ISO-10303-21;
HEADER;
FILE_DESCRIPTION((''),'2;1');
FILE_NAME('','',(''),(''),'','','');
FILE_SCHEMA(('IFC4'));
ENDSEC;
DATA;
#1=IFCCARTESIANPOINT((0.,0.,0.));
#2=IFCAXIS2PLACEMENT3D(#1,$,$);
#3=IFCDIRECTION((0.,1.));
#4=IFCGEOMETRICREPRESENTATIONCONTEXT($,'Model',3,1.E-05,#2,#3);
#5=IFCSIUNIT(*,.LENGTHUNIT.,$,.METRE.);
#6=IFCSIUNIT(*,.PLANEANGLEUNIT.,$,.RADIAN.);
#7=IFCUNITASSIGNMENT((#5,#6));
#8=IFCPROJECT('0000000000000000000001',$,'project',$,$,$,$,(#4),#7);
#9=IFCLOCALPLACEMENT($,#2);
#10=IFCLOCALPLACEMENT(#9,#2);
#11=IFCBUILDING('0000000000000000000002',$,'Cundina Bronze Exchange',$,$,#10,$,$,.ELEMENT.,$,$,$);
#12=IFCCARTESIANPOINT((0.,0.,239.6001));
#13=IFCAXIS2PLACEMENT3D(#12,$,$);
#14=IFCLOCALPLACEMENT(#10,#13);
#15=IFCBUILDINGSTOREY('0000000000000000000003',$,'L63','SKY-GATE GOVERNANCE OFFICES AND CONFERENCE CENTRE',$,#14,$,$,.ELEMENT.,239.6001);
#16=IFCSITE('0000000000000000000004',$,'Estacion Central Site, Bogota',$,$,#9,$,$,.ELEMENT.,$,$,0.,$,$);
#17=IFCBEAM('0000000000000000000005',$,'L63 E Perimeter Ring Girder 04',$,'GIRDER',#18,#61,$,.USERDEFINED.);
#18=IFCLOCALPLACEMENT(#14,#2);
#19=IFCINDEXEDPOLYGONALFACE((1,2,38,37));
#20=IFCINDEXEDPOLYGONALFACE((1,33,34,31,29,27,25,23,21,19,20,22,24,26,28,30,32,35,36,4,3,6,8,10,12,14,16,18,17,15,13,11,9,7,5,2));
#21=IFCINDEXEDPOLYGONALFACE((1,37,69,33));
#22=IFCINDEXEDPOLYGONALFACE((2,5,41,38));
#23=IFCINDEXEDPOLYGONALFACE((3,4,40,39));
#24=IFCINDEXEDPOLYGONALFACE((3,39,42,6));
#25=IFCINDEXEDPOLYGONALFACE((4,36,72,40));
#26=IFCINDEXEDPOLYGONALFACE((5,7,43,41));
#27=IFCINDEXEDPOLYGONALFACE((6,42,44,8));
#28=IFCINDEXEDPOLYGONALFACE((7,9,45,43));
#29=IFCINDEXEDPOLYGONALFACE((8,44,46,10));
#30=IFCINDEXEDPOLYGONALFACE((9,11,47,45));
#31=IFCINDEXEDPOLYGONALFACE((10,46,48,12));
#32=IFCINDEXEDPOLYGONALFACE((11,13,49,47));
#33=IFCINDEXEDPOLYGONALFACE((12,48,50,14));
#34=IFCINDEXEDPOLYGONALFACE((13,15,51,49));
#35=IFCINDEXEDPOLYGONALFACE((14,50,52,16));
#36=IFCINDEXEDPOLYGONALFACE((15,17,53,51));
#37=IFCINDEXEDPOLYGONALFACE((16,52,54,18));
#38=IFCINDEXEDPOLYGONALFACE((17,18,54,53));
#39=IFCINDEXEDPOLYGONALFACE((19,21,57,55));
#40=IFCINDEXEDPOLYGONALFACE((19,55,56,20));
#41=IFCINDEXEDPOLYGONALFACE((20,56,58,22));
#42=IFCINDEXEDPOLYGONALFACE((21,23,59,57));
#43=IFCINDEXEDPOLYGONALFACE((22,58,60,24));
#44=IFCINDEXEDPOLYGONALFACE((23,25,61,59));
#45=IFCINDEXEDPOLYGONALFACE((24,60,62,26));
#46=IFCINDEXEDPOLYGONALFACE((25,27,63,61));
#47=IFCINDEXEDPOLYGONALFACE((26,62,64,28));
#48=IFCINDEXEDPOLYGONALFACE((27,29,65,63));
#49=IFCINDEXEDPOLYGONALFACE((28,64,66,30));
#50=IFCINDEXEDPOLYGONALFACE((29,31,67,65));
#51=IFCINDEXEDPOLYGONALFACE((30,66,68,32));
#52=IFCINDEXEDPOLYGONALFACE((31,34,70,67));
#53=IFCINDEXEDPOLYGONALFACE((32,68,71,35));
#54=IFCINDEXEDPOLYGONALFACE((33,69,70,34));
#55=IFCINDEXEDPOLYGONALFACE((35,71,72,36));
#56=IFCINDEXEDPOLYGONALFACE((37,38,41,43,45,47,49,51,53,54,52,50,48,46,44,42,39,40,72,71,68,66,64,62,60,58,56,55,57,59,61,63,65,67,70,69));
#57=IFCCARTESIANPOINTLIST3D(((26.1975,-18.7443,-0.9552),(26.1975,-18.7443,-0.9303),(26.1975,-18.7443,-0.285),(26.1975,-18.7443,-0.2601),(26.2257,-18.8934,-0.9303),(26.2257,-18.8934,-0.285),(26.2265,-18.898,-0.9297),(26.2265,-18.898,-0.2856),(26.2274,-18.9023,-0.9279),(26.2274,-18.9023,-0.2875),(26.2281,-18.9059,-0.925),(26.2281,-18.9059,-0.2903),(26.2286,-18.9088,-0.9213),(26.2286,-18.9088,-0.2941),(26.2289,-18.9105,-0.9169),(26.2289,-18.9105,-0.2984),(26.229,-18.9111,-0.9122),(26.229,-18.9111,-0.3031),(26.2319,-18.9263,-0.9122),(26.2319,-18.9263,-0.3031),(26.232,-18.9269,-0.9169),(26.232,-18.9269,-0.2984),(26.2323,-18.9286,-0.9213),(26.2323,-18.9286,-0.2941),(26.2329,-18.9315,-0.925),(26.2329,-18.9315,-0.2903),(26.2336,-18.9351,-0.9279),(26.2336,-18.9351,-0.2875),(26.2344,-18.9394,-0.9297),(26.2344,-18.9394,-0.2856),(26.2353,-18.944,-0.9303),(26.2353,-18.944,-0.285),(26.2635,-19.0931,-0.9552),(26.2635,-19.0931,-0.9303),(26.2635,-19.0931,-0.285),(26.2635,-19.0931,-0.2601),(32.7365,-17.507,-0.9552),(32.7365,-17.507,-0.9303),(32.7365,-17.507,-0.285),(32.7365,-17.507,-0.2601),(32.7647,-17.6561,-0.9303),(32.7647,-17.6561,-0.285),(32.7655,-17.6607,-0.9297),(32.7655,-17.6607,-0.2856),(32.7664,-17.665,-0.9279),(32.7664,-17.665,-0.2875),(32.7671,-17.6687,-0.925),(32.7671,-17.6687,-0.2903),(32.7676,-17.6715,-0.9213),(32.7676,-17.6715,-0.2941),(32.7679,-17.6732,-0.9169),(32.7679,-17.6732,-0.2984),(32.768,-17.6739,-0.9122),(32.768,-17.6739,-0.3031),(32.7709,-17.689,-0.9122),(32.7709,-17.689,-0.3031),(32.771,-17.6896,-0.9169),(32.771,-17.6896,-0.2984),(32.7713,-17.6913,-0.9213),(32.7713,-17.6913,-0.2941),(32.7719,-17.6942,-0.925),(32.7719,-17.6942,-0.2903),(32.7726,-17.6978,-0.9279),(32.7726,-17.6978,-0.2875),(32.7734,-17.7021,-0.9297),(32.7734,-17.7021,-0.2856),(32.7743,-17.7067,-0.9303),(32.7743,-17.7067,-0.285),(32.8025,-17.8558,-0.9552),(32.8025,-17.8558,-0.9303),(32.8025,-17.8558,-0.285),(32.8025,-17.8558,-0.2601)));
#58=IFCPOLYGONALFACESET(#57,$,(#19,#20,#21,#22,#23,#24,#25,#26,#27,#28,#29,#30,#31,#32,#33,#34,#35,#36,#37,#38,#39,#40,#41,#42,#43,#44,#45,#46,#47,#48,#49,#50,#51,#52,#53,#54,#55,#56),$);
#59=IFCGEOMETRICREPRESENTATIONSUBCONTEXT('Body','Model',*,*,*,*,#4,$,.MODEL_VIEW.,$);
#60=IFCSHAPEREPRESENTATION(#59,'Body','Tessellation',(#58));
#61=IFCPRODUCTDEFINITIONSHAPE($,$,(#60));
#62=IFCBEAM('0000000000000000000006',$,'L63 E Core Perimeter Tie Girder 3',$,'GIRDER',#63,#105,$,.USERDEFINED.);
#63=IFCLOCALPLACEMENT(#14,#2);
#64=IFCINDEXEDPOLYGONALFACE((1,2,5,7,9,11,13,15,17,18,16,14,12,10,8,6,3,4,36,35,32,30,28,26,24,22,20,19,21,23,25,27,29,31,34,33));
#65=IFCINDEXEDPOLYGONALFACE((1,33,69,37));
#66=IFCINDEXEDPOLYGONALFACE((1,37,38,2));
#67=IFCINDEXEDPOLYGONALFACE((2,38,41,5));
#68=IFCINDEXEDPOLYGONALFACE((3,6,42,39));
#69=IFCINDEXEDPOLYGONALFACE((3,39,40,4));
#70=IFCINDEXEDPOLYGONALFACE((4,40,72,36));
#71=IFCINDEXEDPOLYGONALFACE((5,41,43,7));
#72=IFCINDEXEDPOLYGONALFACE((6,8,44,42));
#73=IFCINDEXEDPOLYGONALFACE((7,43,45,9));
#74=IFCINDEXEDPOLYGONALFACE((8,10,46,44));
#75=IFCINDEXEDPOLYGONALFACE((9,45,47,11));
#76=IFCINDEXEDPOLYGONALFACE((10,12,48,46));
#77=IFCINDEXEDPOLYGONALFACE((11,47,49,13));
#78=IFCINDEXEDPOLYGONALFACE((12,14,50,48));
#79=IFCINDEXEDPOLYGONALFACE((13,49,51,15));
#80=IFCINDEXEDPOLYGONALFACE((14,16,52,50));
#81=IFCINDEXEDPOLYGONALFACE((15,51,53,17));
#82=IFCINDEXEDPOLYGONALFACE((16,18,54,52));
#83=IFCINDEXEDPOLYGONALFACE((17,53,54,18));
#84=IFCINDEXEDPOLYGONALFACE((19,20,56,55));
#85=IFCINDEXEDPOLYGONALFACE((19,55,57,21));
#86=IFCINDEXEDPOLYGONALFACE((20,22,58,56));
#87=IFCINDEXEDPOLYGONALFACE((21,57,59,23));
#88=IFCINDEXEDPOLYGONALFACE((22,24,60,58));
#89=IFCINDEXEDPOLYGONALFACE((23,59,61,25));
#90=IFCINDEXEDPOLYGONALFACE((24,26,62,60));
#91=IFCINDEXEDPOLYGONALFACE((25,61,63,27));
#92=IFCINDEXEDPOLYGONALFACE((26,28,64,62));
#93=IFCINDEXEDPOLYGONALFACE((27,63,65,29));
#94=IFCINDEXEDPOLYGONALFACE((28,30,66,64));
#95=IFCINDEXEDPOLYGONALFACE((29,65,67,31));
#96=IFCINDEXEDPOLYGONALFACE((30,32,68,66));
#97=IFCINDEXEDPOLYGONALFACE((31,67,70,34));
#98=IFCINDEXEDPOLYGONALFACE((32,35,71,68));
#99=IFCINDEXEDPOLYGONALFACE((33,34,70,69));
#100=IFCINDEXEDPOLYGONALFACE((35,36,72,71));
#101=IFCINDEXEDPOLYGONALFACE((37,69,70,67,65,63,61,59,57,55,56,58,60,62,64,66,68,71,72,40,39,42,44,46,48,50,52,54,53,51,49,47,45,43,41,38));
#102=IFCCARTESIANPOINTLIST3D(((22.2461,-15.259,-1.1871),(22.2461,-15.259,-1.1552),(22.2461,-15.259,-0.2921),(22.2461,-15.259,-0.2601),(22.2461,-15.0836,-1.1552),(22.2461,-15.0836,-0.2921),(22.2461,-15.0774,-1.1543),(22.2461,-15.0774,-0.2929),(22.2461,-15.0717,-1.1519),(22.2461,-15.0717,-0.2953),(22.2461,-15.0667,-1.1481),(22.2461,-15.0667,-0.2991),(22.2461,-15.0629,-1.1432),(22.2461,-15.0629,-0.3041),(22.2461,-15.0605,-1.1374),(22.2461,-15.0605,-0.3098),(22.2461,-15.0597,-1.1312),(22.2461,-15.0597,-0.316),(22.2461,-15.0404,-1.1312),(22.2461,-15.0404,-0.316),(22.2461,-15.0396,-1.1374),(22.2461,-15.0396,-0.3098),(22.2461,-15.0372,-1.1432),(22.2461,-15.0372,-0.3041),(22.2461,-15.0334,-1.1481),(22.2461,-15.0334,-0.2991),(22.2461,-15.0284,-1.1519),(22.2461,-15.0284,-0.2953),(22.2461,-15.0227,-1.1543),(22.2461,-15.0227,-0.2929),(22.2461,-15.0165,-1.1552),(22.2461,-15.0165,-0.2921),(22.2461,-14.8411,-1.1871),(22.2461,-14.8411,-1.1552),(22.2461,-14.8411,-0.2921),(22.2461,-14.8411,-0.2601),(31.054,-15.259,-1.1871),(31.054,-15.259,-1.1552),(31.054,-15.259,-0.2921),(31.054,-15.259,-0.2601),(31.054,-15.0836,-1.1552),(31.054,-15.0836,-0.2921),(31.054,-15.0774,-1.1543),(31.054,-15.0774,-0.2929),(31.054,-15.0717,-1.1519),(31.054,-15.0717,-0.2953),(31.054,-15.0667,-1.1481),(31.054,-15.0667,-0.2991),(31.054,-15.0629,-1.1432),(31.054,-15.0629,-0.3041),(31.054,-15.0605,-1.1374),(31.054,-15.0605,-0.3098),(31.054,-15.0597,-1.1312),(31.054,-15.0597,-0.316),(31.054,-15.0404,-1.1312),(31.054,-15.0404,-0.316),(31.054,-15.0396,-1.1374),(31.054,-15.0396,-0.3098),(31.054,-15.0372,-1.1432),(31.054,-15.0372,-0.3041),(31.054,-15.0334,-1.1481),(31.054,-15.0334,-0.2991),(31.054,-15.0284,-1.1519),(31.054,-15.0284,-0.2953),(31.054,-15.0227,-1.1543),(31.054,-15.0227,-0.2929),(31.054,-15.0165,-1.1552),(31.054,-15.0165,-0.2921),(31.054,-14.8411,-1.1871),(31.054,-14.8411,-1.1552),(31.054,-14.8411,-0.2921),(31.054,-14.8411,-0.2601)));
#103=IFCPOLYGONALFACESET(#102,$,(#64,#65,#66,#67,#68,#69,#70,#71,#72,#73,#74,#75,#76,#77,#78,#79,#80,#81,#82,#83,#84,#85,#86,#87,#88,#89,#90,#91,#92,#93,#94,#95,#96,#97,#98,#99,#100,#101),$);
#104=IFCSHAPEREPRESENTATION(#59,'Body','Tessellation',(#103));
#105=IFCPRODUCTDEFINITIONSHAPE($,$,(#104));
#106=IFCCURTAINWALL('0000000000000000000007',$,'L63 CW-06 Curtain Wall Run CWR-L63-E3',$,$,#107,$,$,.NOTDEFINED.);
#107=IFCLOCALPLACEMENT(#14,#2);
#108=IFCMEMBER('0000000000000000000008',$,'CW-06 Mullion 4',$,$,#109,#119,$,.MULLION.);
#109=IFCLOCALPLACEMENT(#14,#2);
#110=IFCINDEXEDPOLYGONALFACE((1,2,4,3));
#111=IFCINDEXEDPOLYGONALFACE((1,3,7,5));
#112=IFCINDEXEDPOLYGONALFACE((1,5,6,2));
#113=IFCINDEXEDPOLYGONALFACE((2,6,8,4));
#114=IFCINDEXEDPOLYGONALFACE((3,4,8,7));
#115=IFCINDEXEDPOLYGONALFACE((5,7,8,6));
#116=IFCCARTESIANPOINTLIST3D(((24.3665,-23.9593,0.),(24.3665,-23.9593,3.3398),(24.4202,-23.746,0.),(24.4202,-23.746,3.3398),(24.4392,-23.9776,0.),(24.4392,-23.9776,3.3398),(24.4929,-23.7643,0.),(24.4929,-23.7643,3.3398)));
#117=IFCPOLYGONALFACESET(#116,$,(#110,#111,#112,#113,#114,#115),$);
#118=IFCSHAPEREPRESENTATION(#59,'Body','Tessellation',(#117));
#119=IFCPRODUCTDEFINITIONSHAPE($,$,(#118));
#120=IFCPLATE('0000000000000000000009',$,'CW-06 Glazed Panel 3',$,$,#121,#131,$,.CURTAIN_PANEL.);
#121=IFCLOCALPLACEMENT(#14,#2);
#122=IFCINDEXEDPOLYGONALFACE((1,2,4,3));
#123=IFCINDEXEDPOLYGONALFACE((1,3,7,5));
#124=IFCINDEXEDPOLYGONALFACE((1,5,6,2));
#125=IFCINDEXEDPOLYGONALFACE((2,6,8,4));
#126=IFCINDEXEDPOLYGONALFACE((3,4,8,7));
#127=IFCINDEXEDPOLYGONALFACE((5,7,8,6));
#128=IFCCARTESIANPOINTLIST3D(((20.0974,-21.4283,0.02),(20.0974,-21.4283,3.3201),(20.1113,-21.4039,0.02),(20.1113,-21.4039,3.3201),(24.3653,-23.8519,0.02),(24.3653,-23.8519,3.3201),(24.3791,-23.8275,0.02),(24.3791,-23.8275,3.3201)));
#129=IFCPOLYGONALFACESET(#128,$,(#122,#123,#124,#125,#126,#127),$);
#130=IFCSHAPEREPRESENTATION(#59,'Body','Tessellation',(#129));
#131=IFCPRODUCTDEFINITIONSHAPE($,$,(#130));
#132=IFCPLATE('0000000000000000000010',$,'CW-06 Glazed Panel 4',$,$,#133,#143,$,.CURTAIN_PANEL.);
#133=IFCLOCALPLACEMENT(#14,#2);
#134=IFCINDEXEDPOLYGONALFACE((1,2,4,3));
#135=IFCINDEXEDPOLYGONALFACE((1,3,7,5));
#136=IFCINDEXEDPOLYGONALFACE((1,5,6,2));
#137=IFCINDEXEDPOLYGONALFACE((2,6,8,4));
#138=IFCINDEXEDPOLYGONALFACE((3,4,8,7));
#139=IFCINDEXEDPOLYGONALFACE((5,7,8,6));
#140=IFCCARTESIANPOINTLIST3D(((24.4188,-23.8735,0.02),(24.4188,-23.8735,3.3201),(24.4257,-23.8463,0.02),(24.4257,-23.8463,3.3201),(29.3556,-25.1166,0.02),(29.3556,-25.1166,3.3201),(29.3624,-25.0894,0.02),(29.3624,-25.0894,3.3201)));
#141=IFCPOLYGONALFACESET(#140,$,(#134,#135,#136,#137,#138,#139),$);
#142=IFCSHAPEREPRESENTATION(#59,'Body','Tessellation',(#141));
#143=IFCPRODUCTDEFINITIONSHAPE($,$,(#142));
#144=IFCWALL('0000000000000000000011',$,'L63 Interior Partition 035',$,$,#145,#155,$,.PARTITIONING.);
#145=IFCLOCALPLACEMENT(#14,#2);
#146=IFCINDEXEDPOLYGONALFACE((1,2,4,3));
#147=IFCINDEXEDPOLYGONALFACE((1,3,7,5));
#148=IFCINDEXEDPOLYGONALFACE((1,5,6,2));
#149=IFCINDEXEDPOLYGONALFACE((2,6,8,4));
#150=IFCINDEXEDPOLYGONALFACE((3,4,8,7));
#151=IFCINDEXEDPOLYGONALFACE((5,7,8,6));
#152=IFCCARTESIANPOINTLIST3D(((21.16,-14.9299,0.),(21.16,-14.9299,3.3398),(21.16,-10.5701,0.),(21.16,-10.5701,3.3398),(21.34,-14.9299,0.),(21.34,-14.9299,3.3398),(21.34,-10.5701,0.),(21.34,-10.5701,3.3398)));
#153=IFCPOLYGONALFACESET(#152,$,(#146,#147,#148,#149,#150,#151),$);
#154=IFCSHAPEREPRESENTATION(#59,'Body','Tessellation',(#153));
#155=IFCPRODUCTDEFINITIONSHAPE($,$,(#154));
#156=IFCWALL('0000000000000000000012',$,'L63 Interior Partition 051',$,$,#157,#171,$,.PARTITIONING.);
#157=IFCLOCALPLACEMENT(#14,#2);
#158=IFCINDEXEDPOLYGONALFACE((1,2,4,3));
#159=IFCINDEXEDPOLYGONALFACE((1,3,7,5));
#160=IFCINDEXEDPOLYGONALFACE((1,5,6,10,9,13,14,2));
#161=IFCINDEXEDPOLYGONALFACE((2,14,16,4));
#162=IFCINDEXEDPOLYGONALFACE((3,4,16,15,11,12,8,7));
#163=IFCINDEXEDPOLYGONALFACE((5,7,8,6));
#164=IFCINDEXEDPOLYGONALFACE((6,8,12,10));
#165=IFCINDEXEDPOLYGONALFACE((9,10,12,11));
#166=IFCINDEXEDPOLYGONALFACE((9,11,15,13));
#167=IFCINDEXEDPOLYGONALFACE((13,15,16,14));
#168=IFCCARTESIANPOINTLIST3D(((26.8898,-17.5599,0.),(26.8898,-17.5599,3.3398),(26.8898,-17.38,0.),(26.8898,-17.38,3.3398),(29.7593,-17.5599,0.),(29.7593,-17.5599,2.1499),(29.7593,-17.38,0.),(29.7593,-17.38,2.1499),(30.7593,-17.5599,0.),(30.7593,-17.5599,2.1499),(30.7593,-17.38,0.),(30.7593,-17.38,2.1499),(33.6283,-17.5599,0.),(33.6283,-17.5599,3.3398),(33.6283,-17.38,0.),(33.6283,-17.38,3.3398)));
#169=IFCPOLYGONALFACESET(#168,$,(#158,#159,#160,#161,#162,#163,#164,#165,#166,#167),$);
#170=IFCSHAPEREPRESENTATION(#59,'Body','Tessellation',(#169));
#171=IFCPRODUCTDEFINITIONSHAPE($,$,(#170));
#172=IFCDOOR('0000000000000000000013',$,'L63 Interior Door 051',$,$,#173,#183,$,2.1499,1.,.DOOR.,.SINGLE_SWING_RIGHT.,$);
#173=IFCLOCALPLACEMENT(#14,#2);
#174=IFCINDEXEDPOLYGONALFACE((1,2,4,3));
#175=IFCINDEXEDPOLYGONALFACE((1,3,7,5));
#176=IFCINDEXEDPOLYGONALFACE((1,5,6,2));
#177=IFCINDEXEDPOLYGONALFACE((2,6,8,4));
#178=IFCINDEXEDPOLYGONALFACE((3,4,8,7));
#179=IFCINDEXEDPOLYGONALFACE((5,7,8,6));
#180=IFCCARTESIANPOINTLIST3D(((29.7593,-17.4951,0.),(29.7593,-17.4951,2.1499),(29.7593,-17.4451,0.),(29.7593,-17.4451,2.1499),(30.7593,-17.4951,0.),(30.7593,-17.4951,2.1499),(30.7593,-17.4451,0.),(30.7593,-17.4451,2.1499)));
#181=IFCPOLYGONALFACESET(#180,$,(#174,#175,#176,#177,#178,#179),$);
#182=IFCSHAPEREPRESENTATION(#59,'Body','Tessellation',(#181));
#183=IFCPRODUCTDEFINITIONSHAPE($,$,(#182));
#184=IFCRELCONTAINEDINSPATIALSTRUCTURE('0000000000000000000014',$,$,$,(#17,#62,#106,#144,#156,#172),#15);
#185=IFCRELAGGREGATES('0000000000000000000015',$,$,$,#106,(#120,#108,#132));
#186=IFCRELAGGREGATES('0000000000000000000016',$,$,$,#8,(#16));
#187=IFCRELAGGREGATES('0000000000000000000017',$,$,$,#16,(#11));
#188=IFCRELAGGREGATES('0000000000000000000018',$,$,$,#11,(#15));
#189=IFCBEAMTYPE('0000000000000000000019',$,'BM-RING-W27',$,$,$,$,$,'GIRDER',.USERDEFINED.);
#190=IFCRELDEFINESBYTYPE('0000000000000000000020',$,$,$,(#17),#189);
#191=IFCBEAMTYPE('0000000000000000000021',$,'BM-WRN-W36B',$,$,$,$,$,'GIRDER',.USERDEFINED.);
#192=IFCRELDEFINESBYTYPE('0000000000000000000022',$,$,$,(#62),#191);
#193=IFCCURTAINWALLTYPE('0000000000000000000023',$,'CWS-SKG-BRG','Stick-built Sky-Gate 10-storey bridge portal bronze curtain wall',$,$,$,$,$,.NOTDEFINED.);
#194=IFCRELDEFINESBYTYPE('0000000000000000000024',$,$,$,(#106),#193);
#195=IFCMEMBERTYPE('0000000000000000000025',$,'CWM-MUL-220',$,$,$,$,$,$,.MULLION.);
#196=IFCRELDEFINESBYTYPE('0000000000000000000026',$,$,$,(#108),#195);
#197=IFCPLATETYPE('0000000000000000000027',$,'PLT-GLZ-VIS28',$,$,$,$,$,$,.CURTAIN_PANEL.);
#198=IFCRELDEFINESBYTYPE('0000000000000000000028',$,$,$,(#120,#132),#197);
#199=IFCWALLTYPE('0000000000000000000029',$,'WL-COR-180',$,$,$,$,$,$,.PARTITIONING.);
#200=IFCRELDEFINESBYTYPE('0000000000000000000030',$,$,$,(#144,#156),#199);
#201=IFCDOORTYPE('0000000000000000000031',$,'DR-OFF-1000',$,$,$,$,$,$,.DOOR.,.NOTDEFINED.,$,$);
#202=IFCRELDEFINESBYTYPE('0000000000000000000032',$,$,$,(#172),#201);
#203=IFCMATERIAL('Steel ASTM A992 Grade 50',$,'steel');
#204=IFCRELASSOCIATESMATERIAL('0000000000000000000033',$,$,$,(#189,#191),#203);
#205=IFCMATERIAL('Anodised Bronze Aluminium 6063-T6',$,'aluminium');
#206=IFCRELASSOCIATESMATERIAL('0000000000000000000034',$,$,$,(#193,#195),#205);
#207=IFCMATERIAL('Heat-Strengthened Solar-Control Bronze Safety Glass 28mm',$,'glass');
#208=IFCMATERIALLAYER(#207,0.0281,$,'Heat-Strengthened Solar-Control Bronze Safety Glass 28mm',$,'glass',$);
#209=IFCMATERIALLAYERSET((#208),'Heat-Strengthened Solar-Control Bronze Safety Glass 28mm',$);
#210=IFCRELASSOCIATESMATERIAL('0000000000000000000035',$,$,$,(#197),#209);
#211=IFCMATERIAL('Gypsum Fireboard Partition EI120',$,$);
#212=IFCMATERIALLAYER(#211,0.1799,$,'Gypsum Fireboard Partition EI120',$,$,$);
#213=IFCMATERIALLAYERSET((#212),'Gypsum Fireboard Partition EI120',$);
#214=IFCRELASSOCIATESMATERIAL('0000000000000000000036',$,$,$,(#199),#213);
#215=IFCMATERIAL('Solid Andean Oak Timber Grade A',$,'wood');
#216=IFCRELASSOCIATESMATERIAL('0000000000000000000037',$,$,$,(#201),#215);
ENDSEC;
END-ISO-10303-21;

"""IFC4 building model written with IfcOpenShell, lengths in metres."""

from ifc_helpers import new_model, si_unit, direction, frame, frame_2d, origin, origin_2d, place, context, subcontext, project, spatial, rectangle, i_section, extrude, material, layer, layer_set, material_profile, profile_set, type_object, element, fill, aggregate, save


model = new_model("IFC4")

# Units and contexts
model_context = context("Model", 3, precision=1e-05, world=origin(), true_north=direction((0.0, 1.0)))
body_context = subcontext(model_context, "Body", "Model", "MODEL_VIEW")
ifc_project = project(units=[si_unit("LENGTHUNIT", "METRE"), si_unit("PLANEANGLEUNIT", "RADIAN")], contexts=[model_context])

# Site, building, storey
site_placement = place(None, origin())
site = spatial("IfcSite", under=ifc_project, at=site_placement, Name="Estacion Central Site, Bogota", CompositionType="ELEMENT", RefElevation=0.0)
building_placement = place(site_placement, origin())
building = spatial("IfcBuilding", under=site, at=building_placement, Name="Cundina Bronze Exchange", CompositionType="ELEMENT")
storey_placement = place(building_placement, frame((0.0, 0.0, 239.6001)))
storey = spatial("IfcBuildingStorey", under=building, at=storey_placement, Name="L63", Description="SKY-GATE GOVERNANCE OFFICES AND CONFERENCE CENTRE", CompositionType="ELEMENT", Elevation=239.6001)

# Shared definitions
ifc_material_1 = material(Name="Steel ASTM A992 Grade 50", Category="steel")

# Beams
ifc_material_profile_1 = material_profile(ifc_material_1, i_section(OverallWidth=0.355, OverallDepth=0.6951, WebThickness=0.0154, FlangeThickness=0.0249, FilletRadius=0.0181, at=origin_2d()), Name="W27X146", Category="steel")
ifc_profile_set_1 = profile_set([ifc_material_profile_1], Name="Steel ASTM A992 Grade 50")
beam_type_1 = type_object("IfcBeamType", Name="BM-RING-W27", ElementType="GIRDER", PredefinedType="USERDEFINED", material=ifc_profile_set_1)
beam_1_placement = place(storey_placement, frame((26.2305, -18.9187, -0.6077), z_axis=(0.982565, 0.185918, 0.0), x_axis=(-0.185918, 0.982565, 0.0)))
element("IfcBeam", 1, at=beam_1_placement, inside=storey, type_object=beam_type_1, Name="L63 E Perimeter Ring Girder 04", ObjectType="GIRDER", PredefinedType="USERDEFINED", context=body_context, shape_type="SweptSolid", body=[
    extrude(i_section(OverallWidth=0.355, OverallDepth=0.6951, WebThickness=0.0154, FlangeThickness=0.0249, FilletRadius=0.0181, at=origin_2d()), origin(), (0.0, 0.0, 1.0), 6.655),
])
ifc_material_profile_2 = material_profile(ifc_material_1, i_section(OverallWidth=0.418, OverallDepth=0.927, WebThickness=0.0193, FlangeThickness=0.032, FilletRadius=0.0239, at=origin_2d()), Name="W36X231", Category="steel")
ifc_profile_set_2 = profile_set([ifc_material_profile_2], Name="Steel ASTM A992 Grade 50")
beam_type_2 = type_object("IfcBeamType", Name="BM-WRN-W36B", ElementType="GIRDER", PredefinedType="USERDEFINED", material=ifc_profile_set_2)
beam_2_placement = place(storey_placement, frame((22.2461, -15.05, -0.7236), z_axis=(1.0, 0.0, 0.0), x_axis=(0.0, 1.0, 0.0)))
element("IfcBeam", 2, at=beam_2_placement, inside=storey, type_object=beam_type_2, Name="L63 E Core Perimeter Tie Girder 3", ObjectType="GIRDER", PredefinedType="USERDEFINED", context=body_context, shape_type="SweptSolid", body=[
    extrude(i_section(OverallWidth=0.418, OverallDepth=0.927, WebThickness=0.0193, FlangeThickness=0.032, FilletRadius=0.0239, at=origin_2d()), origin(), (0.0, 0.0, 1.0), 8.8079),
])

# Curtain wall, member, plates
ifc_material_2 = material(Name="Anodised Bronze Aluminium 6063-T6", Category="aluminium")
curtain_wall_type = type_object("IfcCurtainWallType", Name="CWS-SKG-BRG", Description="Stick-built Sky-Gate 10-storey bridge portal bronze curtain wall", PredefinedType="NOTDEFINED", material=ifc_material_2)
curtain_wall_placement = place(storey_placement, origin())
curtain_wall = element("IfcCurtainWall", 3, at=curtain_wall_placement, inside=storey, type_object=curtain_wall_type, Name="L63 CW-06 Curtain Wall Run CWR-L63-E3", PredefinedType="NOTDEFINED")
ifc_material_profile_3 = material_profile(ifc_material_2, rectangle(XDim=0.075, YDim=0.22, at=origin_2d()), Name="AL75X220", Category="aluminium")
ifc_profile_set_3 = profile_set([ifc_material_profile_3], Name="Anodised Bronze Aluminium 6063-T6")
member_type = type_object("IfcMemberType", Name="CWM-MUL-220", PredefinedType="MULLION", material=ifc_profile_set_3)
member_placement = place(storey_placement, frame((24.4297, -23.8618, 0.0), z_axis=(0.0, 0.0, 1.0), x_axis=(0.969744, -0.244123, 0.0)))
member = element("IfcMember", 4, at=member_placement, type_object=member_type, Name="CW-06 Mullion 4", PredefinedType="MULLION", context=body_context, shape_type="SweptSolid", body=[
    extrude(rectangle(XDim=0.075, YDim=0.22, at=origin_2d()), origin(), (0.0, 0.0, 1.0), 3.3398),
])
ifc_material_3 = material(Name="Heat-Strengthened Solar-Control Bronze Safety Glass 28mm", Category="glass")
ifc_layer_1 = layer(ifc_material_3, 0.0281, Name="Heat-Strengthened Solar-Control Bronze Safety Glass 28mm", Category="glass")
ifc_layer_set_1 = layer_set([ifc_layer_1], Name="Heat-Strengthened Solar-Control Bronze Safety Glass 28mm")
plate_type = type_object("IfcPlateType", Name="PLT-GLZ-VIS28", PredefinedType="CURTAIN_PANEL", material=ifc_layer_set_1)
plate_1_placement = place(storey_placement, frame((22.2383, -22.6279, 0.02), z_axis=(0.0, 0.0, 1.0), x_axis=(0.869573, -0.493805, 0.0)))
plate_1 = element("IfcPlate", 5, at=plate_1_placement, type_object=plate_type, Name="CW-06 Glazed Panel 3", PredefinedType="CURTAIN_PANEL", context=body_context, shape_type="SweptSolid", body=[
    extrude(rectangle(XDim=4.908, YDim=0.0281, at=origin_2d()), origin(), (0.0, 0.0, 1.0), 3.3),
])
plate_2_placement = place(storey_placement, frame((26.8906, -24.4814, 0.02), z_axis=(0.0, 0.0, 1.0), x_axis=(0.969732, -0.244174, 0.0)))
plate_2 = element("IfcPlate", 6, at=plate_2_placement, type_object=plate_type, Name="CW-06 Glazed Panel 4", PredefinedType="CURTAIN_PANEL", context=body_context, shape_type="SweptSolid", body=[
    extrude(rectangle(XDim=5.0908, YDim=0.0281, at=origin_2d()), origin(), (0.0, 0.0, 1.0), 3.3),
])
aggregate(curtain_wall, [plate_1, member, plate_2])

# Wall
ifc_material_4 = material(Name="Gypsum Fireboard Partition EI120")
ifc_layer_2 = layer(ifc_material_4, 0.1799, Name="Gypsum Fireboard Partition EI120")
ifc_layer_set_2 = layer_set([ifc_layer_2], Name="Gypsum Fireboard Partition EI120")
wall_type_1 = type_object("IfcWallType", Name="WL-COR-180", PredefinedType="PARTITIONING", material=ifc_layer_set_2)
wall_1_placement = place(storey_placement, frame((21.25, -14.9299, 0.0), z_axis=(0.0, 0.0, 1.0), x_axis=(0.0, 1.0, 0.0)))
element("IfcWall", 7, at=wall_1_placement, inside=storey, type_object=wall_type_1, Name="L63 Interior Partition 035", PredefinedType="PARTITIONING", context=body_context, shape_type="SweptSolid", body=[
    extrude(rectangle(XDim=4.3599, YDim=0.1799, at=frame_2d((2.1799, 0.0))), origin(), (0.0, 0.0, 1.0), 3.3398),
])

# Wall, opening, door
wall_2_placement = place(storey_placement, frame((26.8899, -17.47, 0.0), z_axis=(0.0, 0.0, 1.0), x_axis=(1.0, 0.0, 0.0)))
wall_2 = element("IfcWall", 8, at=wall_2_placement, inside=storey, type_object=wall_type_1, Name="L63 Interior Partition 051", PredefinedType="PARTITIONING", context=body_context, shape_type="SweptSolid", body=[
    extrude(rectangle(XDim=6.7385, YDim=0.1799, at=frame_2d((3.3691, 0.0))), origin(), (0.0, 0.0, 1.0), 3.3398),
])
opening_1_placement = place(wall_2_placement, frame((2.8694, 0.0, 0.0)))
opening_1 = element("IfcOpeningElement", 9, at=opening_1_placement, cuts=wall_2, PredefinedType="OPENING", context=body_context, shape_type="SweptSolid", body=[
    extrude(rectangle(XDim=1.0, YDim=2.1499, at=frame_2d((0.5, 1.075))), frame((0.0, 0.0999, 0.0), z_axis=(0.0, -1.0, 0.0), x_axis=(1.0, 0.0, 0.0)), (0.0, 0.0, 1.0), 0.2),
])
ifc_material_5 = material(Name="Solid Andean Oak Timber Grade A", Category="wood")
door_type_1 = type_object("IfcDoorType", Name="DR-OFF-1000", OperationType="NOTDEFINED", PredefinedType="DOOR", material=ifc_material_5)
door_1_placement = place(opening_1_placement, origin())
door_1 = element("IfcDoor", 10, at=door_1_placement, inside=storey, type_object=door_type_1, Name="L63 Interior Door 051", OperationType="SINGLE_SWING_RIGHT", OverallHeight=2.1499, OverallWidth=1.0, PredefinedType="DOOR", context=body_context, shape_type="SweptSolid", body=[
    extrude(rectangle(XDim=1.0, YDim=2.1499, at=frame_2d((0.5, 1.075))), frame((0.0, 0.0249, 0.0), z_axis=(0.0, -1.0, 0.0), x_axis=(1.0, 0.0, 0.0)), (0.0, 0.0, 1.0), 0.05),
])
fill(opening_1, door_1)

save(model, "model.ifc")
